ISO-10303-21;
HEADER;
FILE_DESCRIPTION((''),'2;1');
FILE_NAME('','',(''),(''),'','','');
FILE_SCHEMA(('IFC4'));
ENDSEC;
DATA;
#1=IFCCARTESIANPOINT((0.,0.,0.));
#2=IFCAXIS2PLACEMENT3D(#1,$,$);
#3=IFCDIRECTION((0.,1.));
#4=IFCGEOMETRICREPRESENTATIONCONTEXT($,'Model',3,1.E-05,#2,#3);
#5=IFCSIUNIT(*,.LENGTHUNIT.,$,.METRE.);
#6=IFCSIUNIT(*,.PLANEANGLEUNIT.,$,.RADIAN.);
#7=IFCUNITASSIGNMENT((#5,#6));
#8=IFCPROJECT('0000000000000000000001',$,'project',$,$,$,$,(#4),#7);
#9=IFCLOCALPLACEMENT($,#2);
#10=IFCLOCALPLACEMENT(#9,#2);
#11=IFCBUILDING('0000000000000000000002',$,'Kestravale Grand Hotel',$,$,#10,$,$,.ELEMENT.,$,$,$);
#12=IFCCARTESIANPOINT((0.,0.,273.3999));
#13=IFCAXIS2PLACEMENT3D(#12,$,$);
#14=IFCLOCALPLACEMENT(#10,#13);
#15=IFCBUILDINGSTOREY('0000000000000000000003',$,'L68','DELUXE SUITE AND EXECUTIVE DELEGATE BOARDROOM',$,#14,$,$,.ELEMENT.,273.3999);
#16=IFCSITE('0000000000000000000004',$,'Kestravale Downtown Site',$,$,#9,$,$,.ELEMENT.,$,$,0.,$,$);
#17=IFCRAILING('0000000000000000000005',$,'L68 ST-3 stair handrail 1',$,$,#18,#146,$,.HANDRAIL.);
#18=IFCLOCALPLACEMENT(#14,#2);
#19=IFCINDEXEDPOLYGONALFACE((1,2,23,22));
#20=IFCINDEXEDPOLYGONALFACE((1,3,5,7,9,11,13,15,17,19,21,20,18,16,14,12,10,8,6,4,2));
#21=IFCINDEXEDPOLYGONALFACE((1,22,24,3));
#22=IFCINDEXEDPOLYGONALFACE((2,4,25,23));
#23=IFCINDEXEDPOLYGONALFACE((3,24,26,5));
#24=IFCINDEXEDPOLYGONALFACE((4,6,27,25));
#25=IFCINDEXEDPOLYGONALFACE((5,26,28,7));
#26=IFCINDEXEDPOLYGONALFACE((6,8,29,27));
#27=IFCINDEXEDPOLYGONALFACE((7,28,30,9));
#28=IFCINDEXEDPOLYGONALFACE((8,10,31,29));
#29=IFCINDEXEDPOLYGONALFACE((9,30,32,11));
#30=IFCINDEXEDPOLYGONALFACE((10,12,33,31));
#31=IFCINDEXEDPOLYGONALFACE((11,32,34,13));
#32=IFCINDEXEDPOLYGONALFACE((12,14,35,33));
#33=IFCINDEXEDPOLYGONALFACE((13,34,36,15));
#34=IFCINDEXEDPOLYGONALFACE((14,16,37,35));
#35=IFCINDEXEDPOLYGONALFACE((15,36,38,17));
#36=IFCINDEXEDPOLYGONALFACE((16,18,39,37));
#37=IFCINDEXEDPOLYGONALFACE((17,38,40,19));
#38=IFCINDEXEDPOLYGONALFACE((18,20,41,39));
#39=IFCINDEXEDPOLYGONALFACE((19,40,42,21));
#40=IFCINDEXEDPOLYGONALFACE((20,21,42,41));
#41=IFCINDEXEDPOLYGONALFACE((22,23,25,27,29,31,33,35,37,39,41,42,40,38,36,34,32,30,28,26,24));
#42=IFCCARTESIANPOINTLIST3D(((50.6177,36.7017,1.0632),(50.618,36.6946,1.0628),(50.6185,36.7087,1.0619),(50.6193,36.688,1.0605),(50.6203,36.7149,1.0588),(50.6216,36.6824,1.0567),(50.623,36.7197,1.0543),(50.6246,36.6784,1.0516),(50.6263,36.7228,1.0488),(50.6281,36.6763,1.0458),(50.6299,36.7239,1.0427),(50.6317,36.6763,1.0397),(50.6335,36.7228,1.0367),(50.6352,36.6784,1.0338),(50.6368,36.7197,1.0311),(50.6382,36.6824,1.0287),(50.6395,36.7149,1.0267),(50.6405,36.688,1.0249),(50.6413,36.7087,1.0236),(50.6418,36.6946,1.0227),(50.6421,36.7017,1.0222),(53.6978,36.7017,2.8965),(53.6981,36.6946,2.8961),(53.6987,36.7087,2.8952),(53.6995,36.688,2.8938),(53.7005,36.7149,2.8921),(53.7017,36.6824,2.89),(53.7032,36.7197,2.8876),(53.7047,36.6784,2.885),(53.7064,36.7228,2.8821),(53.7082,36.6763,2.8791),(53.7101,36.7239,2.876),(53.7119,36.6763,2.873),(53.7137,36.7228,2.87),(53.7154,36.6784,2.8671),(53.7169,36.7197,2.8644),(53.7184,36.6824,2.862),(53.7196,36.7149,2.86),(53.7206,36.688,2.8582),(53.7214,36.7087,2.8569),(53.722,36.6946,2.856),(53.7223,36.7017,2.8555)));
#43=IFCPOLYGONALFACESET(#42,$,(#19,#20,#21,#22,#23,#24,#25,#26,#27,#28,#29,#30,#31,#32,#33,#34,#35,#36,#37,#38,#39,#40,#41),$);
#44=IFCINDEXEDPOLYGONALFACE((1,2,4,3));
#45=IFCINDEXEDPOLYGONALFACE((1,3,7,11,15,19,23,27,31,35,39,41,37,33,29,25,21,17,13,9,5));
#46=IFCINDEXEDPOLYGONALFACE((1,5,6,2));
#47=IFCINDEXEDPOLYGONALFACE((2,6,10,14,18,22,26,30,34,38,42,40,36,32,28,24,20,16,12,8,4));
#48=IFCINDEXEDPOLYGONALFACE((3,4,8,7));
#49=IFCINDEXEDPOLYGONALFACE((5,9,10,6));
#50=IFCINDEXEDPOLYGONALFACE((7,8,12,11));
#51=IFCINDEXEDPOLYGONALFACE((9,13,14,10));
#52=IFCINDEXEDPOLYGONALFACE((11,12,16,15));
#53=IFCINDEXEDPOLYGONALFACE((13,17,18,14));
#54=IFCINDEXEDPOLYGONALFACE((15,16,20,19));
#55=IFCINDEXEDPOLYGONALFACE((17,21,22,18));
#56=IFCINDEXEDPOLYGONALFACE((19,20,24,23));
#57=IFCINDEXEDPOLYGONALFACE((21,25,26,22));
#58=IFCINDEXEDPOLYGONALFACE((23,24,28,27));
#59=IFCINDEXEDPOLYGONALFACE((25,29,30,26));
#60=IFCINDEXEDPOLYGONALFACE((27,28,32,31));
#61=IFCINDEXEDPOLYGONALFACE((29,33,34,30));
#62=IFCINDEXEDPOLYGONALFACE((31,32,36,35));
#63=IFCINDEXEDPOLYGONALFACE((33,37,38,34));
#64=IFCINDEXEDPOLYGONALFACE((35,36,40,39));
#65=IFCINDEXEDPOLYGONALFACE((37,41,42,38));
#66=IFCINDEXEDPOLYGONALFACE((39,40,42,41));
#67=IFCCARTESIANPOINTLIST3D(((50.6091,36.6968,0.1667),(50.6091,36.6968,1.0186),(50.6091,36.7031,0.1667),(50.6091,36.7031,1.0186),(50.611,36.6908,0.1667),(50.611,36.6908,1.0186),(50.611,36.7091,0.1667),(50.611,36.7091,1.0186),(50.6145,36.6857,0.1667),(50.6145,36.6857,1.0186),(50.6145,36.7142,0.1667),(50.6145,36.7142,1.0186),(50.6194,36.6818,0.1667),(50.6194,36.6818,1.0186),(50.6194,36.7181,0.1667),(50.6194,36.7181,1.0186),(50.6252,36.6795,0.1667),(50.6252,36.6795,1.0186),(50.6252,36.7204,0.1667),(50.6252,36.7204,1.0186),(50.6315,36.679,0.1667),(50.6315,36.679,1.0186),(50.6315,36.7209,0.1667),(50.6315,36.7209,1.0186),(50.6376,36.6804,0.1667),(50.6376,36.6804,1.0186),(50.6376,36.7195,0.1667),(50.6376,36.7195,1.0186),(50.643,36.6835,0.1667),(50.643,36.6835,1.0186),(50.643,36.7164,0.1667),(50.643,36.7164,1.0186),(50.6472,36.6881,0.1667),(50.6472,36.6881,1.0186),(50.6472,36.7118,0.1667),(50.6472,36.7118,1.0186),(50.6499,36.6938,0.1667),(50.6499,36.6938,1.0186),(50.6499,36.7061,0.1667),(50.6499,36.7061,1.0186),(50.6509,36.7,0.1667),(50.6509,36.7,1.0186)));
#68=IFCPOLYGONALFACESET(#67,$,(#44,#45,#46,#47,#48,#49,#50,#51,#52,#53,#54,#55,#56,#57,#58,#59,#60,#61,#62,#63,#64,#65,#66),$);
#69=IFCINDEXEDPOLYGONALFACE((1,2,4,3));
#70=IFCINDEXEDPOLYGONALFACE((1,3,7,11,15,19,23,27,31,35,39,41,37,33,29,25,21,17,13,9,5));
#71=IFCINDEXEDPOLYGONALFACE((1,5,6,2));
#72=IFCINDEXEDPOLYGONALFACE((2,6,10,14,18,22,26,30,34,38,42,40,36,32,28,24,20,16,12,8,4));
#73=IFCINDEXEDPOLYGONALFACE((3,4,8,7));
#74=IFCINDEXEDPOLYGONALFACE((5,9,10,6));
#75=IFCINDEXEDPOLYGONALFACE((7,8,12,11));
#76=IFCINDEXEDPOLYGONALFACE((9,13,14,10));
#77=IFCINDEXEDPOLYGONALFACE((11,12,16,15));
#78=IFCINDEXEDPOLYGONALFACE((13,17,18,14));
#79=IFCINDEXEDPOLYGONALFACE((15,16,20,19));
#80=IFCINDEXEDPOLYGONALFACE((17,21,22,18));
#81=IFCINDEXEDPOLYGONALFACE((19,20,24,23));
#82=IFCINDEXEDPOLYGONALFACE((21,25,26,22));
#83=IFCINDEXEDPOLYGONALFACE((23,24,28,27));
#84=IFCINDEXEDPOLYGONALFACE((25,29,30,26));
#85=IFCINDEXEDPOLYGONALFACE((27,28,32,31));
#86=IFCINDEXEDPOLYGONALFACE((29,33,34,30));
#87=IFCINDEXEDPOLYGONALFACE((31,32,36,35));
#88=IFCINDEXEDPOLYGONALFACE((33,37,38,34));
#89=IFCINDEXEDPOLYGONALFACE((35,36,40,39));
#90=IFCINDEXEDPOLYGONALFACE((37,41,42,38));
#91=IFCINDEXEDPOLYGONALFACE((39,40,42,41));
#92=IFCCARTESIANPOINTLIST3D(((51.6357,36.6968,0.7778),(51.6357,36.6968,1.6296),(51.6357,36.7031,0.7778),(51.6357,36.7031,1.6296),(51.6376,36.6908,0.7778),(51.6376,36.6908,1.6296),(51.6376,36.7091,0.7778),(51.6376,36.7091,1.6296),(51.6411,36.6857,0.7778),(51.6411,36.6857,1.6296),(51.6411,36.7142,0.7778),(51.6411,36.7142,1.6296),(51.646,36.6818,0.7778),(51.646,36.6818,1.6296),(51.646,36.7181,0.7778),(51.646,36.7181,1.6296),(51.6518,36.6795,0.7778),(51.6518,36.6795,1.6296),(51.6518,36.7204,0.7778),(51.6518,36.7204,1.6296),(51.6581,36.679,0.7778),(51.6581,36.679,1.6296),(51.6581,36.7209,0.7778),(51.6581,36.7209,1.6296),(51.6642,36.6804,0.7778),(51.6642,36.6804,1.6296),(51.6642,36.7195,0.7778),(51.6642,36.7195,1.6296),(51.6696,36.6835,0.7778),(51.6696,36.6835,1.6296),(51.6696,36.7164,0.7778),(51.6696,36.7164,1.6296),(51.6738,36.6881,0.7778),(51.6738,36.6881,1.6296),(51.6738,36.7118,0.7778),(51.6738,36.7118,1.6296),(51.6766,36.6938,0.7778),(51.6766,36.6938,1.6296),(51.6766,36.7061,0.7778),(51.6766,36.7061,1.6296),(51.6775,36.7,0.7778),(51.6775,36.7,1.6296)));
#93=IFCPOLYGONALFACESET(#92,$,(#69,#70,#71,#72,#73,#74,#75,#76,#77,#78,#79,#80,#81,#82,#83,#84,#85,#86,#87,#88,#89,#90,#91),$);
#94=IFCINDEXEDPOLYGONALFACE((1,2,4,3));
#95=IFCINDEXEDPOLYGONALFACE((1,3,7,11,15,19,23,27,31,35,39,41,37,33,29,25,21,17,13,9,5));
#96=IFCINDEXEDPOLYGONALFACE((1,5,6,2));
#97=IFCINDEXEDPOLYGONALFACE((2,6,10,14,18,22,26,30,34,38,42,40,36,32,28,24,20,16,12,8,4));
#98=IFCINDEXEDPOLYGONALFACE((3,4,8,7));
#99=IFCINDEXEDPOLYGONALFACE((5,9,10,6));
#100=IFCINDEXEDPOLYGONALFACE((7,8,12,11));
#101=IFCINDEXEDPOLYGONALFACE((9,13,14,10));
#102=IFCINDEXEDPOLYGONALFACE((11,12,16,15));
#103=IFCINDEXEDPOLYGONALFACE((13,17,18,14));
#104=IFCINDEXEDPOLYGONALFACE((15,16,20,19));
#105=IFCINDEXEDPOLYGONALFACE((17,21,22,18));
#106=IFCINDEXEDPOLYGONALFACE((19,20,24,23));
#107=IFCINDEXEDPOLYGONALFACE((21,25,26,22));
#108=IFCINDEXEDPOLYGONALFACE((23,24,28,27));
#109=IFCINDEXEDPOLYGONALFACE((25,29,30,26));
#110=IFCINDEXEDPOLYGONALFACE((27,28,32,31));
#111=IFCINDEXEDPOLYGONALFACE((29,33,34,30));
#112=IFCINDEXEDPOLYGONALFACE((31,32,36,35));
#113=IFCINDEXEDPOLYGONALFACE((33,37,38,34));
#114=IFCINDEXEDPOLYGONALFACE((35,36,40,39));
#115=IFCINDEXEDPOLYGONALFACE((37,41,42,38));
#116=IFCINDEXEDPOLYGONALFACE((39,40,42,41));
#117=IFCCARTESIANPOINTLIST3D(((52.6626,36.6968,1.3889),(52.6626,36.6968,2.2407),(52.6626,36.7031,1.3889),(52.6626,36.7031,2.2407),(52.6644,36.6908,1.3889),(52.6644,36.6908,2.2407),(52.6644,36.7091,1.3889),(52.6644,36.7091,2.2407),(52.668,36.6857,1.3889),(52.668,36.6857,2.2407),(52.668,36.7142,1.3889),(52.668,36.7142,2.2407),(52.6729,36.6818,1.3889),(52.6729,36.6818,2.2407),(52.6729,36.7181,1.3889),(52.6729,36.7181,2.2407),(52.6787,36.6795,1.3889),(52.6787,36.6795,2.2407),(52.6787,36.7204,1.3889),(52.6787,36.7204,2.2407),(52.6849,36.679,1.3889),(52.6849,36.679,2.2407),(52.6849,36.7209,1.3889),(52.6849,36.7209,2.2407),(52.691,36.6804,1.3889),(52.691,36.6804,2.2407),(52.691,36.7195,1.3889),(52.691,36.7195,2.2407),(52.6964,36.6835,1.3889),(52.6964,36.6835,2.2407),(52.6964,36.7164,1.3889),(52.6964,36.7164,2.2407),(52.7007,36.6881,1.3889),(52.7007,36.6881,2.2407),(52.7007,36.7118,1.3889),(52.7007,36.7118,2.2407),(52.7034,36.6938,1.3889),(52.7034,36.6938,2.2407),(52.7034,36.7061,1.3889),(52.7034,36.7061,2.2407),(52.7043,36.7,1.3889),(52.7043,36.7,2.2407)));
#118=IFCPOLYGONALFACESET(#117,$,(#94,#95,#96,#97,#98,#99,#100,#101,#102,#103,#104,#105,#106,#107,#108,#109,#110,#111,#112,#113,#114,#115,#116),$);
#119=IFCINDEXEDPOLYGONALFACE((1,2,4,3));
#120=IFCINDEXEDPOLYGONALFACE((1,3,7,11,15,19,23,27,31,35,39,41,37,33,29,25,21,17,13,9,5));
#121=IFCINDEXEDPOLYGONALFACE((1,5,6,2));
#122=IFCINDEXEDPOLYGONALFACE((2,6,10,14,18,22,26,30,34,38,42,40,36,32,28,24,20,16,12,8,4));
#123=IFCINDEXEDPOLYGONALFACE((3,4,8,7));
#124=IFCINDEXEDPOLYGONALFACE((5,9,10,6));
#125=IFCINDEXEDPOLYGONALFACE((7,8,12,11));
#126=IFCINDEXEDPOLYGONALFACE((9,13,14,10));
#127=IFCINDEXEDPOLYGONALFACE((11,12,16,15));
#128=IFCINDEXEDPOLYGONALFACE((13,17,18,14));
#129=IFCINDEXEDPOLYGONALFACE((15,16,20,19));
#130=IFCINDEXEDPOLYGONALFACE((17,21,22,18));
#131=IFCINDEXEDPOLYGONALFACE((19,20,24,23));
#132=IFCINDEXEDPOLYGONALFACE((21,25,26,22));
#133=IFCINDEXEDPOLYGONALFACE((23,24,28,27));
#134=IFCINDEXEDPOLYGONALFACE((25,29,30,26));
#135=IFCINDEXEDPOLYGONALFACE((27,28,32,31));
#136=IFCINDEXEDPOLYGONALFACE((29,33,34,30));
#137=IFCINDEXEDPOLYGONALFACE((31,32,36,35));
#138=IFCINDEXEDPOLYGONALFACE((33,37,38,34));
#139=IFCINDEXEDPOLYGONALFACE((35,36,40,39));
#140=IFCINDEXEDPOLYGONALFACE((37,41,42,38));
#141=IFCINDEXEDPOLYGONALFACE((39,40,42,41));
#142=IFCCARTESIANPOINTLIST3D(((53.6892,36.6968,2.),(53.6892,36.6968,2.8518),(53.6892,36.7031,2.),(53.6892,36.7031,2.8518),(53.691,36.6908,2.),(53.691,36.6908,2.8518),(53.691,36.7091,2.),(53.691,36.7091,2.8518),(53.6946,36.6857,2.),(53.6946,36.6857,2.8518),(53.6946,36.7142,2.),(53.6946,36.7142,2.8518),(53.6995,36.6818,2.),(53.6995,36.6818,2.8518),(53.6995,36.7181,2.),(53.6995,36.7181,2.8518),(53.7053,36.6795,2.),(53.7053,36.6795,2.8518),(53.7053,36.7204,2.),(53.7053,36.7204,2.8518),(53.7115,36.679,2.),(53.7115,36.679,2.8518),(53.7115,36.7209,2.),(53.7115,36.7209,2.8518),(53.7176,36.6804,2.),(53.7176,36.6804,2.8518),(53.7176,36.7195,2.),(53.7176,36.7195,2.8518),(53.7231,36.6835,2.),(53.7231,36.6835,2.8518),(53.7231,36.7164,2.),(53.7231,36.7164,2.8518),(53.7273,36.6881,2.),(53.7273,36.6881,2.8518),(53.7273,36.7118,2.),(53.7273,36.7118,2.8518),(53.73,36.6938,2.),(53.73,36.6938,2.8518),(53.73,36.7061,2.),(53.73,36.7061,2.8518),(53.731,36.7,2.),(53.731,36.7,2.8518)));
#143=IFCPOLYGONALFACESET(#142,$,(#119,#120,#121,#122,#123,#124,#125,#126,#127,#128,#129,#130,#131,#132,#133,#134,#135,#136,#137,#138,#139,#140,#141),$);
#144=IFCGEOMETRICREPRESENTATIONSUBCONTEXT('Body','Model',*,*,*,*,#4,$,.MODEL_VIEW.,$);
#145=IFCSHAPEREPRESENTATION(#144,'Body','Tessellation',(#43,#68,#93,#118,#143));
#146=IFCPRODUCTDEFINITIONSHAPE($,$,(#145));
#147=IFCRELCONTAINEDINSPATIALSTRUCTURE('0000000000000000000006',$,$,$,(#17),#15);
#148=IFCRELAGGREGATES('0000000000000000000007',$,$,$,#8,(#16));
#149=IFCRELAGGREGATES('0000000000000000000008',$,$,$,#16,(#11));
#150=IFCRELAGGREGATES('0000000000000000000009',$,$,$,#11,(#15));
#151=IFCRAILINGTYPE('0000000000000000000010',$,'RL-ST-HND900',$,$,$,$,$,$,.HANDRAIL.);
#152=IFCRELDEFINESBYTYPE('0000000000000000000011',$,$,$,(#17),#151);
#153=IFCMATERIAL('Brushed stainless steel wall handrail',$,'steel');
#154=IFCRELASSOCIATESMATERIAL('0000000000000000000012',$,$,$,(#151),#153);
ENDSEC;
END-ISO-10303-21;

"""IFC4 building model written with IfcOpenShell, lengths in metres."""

from ifc_helpers import new_model, si_unit, direction, frame, origin, origin_2d, place, context, subcontext, project, spatial, circle, extrude, material, type_object, element, save


model = new_model("IFC4")

# Units and contexts
model_context = context("Model", 3, precision=1e-05, world=origin(), true_north=direction((0.0, 1.0)))
body_context = subcontext(model_context, "Body", "Model", "MODEL_VIEW")
ifc_project = project(units=[si_unit("LENGTHUNIT", "METRE"), si_unit("PLANEANGLEUNIT", "RADIAN")], contexts=[model_context])

# Site, building, storey
site_placement = place(None, origin())
site = spatial("IfcSite", under=ifc_project, at=site_placement, Name="Kestravale Downtown Site", CompositionType="ELEMENT", RefElevation=0.0)
building_placement = place(site_placement, origin())
building = spatial("IfcBuilding", under=site, at=building_placement, Name="Kestravale Grand Hotel", CompositionType="ELEMENT")
storey_placement = place(building_placement, frame((0.0, 0.0, 273.3999)))
storey = spatial("IfcBuildingStorey", under=building, at=storey_placement, Name="L68", Description="DELUXE SUITE AND EXECUTIVE DELEGATE BOARDROOM", CompositionType="ELEMENT", Elevation=273.3999)

# Railing
ifc_material_1 = material(Name="Brushed stainless steel wall handrail", Category="steel")
railing_type_1 = type_object("IfcRailingType", Name="RL-ST-HND900", PredefinedType="HANDRAIL", material=ifc_material_1)
railing_1_placement = place(storey_placement, frame((50.6299, 36.7, 0.1667)))
element("IfcRailing", 1, at=railing_1_placement, inside=storey, type_object=railing_type_1, Name="L68 ST-3 stair handrail 1", PredefinedType="HANDRAIL", context=body_context, shape_type="SweptSolid", body=[
    extrude(circle(Radius=0.0239, at=origin_2d()), frame((0.0, 0.0, 0.876), z_axis=(0.859309, 0.0, 0.511458), x_axis=(0.0, 1.0, 0.0)), (0.0, 0.0, 1.0), 3.5845),
    extrude(circle(Radius=0.021, at=origin_2d()), origin(), (0.0, 0.0, 1.0), 0.8518),
    extrude(circle(Radius=0.021, at=origin_2d()), frame((1.0266, 0.0, 0.6111)), (0.0, 0.0, 1.0), 0.8518),
    extrude(circle(Radius=0.021, at=origin_2d()), frame((2.0535, 0.0, 1.2222)), (0.0, 0.0, 1.0), 0.8518),
    extrude(circle(Radius=0.021, at=origin_2d()), frame((3.0801, 0.0, 1.8333)), (0.0, 0.0, 1.0), 0.8518),
])

save(model, "model.ifc")
